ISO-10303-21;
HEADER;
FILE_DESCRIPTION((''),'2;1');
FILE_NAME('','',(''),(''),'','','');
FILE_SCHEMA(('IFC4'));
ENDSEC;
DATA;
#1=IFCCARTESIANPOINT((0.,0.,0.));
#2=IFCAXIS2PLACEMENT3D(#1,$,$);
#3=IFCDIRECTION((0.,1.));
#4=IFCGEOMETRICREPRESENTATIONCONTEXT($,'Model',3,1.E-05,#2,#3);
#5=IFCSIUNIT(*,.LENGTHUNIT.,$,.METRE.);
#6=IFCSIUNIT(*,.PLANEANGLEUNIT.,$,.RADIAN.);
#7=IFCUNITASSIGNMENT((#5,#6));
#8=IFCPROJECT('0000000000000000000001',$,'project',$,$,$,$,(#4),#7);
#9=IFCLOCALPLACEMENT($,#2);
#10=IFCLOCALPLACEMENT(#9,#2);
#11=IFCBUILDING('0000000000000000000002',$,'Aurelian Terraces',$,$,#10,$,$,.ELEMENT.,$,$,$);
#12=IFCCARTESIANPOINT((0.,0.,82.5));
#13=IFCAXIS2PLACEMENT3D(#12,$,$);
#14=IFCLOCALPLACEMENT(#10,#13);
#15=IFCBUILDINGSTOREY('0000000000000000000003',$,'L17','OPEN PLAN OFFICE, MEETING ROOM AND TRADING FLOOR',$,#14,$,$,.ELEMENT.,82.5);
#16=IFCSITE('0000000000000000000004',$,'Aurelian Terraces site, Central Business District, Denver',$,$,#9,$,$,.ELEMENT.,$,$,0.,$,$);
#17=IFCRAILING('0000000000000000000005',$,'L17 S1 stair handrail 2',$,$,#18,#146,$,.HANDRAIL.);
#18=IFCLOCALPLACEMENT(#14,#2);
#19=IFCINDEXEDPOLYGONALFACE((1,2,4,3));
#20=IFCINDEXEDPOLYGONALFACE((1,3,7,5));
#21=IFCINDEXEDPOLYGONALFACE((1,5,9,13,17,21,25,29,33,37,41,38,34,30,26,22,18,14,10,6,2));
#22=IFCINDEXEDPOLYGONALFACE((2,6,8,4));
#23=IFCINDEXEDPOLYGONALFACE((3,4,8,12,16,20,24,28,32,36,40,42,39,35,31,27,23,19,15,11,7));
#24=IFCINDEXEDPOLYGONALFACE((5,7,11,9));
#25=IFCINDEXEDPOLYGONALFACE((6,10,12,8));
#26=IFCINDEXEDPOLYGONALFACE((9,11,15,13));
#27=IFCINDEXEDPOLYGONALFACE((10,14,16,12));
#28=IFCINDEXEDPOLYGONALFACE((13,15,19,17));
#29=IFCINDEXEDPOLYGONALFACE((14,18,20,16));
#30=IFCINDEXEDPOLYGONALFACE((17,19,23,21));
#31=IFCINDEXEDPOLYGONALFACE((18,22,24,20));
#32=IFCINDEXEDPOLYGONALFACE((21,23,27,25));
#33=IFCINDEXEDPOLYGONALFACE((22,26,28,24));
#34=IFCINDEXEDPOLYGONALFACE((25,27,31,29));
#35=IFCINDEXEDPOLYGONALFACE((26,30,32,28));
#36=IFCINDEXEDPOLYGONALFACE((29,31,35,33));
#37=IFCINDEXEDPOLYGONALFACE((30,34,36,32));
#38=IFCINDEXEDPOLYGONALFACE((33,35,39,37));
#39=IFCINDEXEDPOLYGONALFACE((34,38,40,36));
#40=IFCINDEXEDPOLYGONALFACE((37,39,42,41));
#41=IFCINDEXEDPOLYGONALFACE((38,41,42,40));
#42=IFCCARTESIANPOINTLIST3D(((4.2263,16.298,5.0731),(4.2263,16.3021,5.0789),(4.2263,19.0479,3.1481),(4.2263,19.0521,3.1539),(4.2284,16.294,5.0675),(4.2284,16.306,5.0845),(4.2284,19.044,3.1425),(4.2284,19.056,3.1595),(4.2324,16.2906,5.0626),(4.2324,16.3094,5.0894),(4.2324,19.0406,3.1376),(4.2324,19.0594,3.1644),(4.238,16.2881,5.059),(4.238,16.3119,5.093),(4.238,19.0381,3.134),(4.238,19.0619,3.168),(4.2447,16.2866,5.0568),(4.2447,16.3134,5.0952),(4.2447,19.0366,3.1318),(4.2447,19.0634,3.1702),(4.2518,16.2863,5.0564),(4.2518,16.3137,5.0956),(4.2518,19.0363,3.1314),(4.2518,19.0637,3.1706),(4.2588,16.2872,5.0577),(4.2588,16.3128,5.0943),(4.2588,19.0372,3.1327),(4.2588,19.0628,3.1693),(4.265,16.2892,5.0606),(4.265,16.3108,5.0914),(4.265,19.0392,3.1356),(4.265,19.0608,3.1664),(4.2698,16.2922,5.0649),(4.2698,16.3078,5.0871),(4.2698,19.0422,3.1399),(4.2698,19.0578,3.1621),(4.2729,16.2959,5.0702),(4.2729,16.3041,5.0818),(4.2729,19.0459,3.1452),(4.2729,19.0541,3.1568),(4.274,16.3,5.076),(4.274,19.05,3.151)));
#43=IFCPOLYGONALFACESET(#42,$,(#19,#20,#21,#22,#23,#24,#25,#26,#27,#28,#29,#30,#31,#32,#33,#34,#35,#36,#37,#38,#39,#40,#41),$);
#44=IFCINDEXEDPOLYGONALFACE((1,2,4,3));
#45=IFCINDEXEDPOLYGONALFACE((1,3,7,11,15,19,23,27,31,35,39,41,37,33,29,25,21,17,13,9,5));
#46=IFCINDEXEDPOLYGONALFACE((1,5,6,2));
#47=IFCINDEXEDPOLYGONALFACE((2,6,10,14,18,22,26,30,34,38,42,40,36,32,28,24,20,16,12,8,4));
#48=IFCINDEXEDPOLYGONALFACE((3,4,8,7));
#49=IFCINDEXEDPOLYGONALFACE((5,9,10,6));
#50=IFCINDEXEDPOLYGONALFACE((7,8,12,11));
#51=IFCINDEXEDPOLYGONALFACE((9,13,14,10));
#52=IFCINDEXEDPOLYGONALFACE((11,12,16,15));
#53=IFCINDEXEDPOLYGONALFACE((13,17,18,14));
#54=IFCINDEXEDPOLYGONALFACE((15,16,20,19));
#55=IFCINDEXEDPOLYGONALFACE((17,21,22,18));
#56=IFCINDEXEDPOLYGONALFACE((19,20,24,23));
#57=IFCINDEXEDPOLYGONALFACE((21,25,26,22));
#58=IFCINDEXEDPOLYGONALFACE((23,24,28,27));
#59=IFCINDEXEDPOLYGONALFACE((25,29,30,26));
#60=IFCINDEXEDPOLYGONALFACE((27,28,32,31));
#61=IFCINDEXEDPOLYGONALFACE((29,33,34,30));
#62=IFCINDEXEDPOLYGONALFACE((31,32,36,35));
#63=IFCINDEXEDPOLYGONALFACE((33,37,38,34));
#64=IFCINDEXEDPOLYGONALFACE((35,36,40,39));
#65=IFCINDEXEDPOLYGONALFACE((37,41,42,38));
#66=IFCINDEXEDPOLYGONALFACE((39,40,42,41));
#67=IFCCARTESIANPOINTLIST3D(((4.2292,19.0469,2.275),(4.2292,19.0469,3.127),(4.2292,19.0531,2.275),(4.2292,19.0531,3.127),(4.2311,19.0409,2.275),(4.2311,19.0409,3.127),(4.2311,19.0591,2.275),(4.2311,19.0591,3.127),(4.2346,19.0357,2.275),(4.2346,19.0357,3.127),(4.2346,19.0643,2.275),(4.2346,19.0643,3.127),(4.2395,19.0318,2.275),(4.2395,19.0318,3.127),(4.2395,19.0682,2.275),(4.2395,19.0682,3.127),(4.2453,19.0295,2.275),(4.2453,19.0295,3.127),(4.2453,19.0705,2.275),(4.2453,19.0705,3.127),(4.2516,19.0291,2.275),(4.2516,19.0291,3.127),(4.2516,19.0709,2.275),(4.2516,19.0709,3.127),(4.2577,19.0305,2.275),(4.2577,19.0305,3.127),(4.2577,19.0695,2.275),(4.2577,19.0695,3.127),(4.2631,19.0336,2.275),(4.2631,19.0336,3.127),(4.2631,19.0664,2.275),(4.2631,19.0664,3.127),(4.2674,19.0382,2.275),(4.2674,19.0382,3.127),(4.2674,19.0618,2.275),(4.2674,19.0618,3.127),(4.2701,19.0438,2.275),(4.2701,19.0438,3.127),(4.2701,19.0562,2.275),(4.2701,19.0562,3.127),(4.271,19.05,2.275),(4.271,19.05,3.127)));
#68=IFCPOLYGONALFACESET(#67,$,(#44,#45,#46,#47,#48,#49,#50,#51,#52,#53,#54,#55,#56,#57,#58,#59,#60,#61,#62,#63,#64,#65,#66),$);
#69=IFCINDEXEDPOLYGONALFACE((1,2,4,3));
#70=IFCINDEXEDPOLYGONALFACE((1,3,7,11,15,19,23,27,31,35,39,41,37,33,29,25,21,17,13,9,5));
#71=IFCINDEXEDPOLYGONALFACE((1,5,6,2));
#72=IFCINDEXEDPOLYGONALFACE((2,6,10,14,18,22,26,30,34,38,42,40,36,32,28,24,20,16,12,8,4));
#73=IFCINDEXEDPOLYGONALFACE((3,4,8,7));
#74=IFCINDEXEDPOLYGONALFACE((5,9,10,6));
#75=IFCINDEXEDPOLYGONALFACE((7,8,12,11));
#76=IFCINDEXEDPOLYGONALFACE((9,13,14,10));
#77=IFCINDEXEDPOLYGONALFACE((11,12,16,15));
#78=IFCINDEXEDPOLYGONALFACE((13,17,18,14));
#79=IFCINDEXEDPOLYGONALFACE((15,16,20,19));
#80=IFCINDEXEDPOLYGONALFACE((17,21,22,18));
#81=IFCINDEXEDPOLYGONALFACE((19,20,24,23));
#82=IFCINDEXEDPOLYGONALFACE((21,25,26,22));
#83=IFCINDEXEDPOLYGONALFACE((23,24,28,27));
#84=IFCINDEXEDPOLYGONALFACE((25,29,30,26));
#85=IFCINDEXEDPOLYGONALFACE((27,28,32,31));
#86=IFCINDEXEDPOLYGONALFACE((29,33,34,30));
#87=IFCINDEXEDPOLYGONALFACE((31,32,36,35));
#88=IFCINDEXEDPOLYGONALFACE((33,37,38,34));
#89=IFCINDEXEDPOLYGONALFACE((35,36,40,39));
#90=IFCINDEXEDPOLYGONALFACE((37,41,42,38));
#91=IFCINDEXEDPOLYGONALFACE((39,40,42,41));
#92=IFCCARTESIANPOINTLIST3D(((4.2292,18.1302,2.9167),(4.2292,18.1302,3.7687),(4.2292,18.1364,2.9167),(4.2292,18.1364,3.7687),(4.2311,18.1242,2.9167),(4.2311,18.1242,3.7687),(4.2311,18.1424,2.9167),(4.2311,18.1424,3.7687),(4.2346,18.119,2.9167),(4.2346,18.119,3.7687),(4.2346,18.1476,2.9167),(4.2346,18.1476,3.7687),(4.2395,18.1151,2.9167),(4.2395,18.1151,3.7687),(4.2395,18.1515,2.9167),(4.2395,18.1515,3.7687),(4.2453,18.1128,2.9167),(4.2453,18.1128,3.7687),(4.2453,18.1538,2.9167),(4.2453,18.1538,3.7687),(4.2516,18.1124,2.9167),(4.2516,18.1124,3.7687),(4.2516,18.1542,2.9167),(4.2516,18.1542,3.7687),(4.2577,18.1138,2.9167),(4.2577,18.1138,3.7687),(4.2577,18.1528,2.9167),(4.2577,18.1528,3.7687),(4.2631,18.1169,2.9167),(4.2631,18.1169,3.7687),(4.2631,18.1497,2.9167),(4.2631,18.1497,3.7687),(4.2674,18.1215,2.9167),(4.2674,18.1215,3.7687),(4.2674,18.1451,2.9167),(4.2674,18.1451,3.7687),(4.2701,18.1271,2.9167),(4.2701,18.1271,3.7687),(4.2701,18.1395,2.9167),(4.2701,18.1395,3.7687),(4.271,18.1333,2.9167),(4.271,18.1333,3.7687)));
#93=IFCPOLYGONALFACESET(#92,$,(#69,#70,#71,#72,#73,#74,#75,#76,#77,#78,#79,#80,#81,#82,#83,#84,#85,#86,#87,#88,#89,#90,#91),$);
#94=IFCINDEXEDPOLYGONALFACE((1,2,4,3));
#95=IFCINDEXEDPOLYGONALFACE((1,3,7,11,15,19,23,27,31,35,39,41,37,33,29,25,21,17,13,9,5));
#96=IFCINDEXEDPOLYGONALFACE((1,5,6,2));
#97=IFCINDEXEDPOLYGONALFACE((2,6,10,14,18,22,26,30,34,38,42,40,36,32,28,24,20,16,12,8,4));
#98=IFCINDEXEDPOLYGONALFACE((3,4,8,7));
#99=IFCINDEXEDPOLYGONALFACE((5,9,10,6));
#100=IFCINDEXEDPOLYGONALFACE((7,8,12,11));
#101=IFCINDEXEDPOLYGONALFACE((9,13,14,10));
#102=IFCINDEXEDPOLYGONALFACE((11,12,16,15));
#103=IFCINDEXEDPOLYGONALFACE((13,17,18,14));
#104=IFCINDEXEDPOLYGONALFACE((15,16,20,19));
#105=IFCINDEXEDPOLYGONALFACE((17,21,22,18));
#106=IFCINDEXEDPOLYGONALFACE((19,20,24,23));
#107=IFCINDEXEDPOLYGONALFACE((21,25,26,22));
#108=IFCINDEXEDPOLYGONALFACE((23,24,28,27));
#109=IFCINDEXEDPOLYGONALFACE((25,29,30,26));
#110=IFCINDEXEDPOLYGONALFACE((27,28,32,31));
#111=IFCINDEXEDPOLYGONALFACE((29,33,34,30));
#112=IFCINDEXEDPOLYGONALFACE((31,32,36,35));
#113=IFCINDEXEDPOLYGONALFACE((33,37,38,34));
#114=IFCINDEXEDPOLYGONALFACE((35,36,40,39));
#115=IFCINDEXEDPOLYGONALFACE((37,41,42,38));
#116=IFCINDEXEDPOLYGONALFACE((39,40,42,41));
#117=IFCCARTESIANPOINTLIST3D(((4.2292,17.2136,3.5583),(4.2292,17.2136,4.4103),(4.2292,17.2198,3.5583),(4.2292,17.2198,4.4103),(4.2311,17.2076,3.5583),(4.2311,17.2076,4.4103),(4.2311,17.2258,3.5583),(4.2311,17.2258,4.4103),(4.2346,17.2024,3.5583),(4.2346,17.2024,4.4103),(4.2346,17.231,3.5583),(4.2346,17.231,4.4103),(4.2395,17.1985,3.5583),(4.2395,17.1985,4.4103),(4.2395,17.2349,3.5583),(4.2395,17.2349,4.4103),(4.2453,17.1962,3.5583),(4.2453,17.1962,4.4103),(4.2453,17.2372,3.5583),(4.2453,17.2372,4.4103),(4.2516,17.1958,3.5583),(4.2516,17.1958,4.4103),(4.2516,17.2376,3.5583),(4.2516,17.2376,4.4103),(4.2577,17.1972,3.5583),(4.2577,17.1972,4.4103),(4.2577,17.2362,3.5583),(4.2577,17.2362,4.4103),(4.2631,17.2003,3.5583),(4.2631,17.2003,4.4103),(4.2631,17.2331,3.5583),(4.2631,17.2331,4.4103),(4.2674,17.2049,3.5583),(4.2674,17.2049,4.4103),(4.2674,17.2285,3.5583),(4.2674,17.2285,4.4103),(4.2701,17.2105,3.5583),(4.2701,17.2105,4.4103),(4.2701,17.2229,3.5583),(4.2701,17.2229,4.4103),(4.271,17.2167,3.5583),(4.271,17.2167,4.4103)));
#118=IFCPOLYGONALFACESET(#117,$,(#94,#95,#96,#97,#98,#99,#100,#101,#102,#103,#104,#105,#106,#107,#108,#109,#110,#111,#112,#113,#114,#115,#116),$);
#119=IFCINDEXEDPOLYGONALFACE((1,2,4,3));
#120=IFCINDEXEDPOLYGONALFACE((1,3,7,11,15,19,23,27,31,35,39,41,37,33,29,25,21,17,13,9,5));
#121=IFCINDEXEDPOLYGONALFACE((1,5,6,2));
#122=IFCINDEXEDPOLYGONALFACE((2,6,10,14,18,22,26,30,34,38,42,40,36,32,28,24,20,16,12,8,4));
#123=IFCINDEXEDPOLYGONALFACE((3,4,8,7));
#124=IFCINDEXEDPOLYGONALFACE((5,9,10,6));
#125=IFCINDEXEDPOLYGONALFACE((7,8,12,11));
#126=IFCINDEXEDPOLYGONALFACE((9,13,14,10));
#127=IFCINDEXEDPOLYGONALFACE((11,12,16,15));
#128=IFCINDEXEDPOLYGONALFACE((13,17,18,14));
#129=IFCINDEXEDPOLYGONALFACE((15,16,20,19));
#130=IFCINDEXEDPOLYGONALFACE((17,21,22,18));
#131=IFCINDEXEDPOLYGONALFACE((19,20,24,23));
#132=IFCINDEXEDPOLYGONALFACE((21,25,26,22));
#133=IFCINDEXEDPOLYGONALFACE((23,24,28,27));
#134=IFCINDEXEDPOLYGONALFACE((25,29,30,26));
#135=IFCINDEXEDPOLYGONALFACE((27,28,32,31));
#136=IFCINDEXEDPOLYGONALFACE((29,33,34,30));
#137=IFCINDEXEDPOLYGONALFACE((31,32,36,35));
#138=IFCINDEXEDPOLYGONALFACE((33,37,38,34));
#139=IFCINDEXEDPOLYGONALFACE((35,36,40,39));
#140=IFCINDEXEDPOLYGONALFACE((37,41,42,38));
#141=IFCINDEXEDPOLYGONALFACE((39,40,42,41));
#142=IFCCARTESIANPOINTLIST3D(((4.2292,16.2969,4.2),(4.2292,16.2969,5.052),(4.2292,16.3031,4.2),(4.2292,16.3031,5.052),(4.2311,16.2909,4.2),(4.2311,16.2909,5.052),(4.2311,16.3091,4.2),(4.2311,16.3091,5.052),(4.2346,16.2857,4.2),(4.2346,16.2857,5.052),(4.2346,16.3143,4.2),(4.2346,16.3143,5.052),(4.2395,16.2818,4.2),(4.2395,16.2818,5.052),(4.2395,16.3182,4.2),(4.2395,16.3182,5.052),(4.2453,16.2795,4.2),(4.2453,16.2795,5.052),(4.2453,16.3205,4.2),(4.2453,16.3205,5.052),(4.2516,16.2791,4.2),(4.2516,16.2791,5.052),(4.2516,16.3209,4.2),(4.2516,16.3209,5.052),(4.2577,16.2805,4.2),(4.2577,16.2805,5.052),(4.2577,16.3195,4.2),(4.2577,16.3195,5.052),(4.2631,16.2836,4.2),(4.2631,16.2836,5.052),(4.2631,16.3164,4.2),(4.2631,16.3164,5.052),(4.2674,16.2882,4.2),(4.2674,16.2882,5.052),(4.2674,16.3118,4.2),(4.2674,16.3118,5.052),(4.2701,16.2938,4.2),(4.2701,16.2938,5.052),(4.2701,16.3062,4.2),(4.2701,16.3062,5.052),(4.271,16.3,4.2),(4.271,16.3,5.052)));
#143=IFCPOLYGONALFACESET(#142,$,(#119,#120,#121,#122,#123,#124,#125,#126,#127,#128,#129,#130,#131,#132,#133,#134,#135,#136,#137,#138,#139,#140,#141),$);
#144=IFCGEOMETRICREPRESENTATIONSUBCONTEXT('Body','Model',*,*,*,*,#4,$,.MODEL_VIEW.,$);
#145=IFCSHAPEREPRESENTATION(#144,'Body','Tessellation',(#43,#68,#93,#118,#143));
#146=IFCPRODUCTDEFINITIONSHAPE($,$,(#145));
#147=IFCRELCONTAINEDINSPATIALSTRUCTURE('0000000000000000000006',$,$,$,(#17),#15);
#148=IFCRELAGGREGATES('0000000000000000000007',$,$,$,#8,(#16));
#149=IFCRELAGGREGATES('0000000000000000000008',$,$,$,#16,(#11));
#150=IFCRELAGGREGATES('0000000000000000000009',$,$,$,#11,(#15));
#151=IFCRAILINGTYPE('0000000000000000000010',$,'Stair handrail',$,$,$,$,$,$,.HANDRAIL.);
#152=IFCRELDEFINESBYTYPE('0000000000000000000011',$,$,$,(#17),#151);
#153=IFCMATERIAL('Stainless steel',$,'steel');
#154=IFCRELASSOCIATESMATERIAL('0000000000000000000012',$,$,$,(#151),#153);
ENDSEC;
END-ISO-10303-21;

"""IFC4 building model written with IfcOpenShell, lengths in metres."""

from ifc_helpers import new_model, si_unit, direction, frame, origin, origin_2d, place, context, subcontext, project, spatial, circle, extrude, source, transform, mapped, material, type_object, element, save


model = new_model("IFC4")

# Units and contexts
model_context = context("Model", 3, precision=1e-05, world=origin(), true_north=direction((0.0, 1.0)))
body_context = subcontext(model_context, "Body", "Model", "MODEL_VIEW")
ifc_project = project(units=[si_unit("LENGTHUNIT", "METRE"), si_unit("PLANEANGLEUNIT", "RADIAN")], contexts=[model_context])

# Site, building, storey
site_placement = place(None, origin())
site = spatial("IfcSite", under=ifc_project, at=site_placement, Name="Aurelian Terraces site, Central Business District, Denver", CompositionType="ELEMENT", RefElevation=0.0)
building_placement = place(site_placement, origin())
building = spatial("IfcBuilding", under=site, at=building_placement, Name="Aurelian Terraces", CompositionType="ELEMENT")
storey_placement = place(building_placement, frame((0.0, 0.0, 82.5)))
storey = spatial("IfcBuildingStorey", under=building, at=storey_placement, Name="L17", Description="OPEN PLAN OFFICE, MEETING ROOM AND TRADING FLOOR", CompositionType="ELEMENT", Elevation=82.5)

# Railing
ifc_material_1 = material(Name="Stainless steel", Category="steel")
railing_type_1 = type_object("IfcRailingType", Name="Stair handrail", PredefinedType="HANDRAIL", material=ifc_material_1)
shared_shape_1 = source(origin(), body_context, "Body", "SweptSolid", [
    extrude(circle(Radius=0.024, at=origin_2d()), frame((0.0, 0.0, 0.876), z_axis=(0.0, -0.819232, 0.573462), x_axis=(1.0, 0.0, 0.0)), (0.0, 0.0, 1.0), 3.3568),
    extrude(circle(Radius=0.021, at=origin_2d()), origin(), (0.0, 0.0, 1.0), 0.852),
    extrude(circle(Radius=0.021, at=origin_2d()), frame((0.0, -0.9167, 0.6417)), (0.0, 0.0, 1.0), 0.852),
    extrude(circle(Radius=0.021, at=origin_2d()), frame((0.0, -1.8333, 1.2833)), (0.0, 0.0, 1.0), 0.852),
    extrude(circle(Radius=0.021, at=origin_2d()), frame((0.0, -2.75, 1.925)), (0.0, 0.0, 1.0), 0.852),
])
railing_1_placement = place(storey_placement, frame((4.25, 19.05, 2.275)))
element("IfcRailing", 1, at=railing_1_placement, inside=storey, type_object=railing_type_1, Name="L17 S1 stair handrail 2", PredefinedType="HANDRAIL", context=body_context, shape_type="MappedRepresentation", body=[
    mapped(shared_shape_1, transform((0.0, 0.0, 0.0), scale=1.0)),
])

save(model, "model.ifc")
